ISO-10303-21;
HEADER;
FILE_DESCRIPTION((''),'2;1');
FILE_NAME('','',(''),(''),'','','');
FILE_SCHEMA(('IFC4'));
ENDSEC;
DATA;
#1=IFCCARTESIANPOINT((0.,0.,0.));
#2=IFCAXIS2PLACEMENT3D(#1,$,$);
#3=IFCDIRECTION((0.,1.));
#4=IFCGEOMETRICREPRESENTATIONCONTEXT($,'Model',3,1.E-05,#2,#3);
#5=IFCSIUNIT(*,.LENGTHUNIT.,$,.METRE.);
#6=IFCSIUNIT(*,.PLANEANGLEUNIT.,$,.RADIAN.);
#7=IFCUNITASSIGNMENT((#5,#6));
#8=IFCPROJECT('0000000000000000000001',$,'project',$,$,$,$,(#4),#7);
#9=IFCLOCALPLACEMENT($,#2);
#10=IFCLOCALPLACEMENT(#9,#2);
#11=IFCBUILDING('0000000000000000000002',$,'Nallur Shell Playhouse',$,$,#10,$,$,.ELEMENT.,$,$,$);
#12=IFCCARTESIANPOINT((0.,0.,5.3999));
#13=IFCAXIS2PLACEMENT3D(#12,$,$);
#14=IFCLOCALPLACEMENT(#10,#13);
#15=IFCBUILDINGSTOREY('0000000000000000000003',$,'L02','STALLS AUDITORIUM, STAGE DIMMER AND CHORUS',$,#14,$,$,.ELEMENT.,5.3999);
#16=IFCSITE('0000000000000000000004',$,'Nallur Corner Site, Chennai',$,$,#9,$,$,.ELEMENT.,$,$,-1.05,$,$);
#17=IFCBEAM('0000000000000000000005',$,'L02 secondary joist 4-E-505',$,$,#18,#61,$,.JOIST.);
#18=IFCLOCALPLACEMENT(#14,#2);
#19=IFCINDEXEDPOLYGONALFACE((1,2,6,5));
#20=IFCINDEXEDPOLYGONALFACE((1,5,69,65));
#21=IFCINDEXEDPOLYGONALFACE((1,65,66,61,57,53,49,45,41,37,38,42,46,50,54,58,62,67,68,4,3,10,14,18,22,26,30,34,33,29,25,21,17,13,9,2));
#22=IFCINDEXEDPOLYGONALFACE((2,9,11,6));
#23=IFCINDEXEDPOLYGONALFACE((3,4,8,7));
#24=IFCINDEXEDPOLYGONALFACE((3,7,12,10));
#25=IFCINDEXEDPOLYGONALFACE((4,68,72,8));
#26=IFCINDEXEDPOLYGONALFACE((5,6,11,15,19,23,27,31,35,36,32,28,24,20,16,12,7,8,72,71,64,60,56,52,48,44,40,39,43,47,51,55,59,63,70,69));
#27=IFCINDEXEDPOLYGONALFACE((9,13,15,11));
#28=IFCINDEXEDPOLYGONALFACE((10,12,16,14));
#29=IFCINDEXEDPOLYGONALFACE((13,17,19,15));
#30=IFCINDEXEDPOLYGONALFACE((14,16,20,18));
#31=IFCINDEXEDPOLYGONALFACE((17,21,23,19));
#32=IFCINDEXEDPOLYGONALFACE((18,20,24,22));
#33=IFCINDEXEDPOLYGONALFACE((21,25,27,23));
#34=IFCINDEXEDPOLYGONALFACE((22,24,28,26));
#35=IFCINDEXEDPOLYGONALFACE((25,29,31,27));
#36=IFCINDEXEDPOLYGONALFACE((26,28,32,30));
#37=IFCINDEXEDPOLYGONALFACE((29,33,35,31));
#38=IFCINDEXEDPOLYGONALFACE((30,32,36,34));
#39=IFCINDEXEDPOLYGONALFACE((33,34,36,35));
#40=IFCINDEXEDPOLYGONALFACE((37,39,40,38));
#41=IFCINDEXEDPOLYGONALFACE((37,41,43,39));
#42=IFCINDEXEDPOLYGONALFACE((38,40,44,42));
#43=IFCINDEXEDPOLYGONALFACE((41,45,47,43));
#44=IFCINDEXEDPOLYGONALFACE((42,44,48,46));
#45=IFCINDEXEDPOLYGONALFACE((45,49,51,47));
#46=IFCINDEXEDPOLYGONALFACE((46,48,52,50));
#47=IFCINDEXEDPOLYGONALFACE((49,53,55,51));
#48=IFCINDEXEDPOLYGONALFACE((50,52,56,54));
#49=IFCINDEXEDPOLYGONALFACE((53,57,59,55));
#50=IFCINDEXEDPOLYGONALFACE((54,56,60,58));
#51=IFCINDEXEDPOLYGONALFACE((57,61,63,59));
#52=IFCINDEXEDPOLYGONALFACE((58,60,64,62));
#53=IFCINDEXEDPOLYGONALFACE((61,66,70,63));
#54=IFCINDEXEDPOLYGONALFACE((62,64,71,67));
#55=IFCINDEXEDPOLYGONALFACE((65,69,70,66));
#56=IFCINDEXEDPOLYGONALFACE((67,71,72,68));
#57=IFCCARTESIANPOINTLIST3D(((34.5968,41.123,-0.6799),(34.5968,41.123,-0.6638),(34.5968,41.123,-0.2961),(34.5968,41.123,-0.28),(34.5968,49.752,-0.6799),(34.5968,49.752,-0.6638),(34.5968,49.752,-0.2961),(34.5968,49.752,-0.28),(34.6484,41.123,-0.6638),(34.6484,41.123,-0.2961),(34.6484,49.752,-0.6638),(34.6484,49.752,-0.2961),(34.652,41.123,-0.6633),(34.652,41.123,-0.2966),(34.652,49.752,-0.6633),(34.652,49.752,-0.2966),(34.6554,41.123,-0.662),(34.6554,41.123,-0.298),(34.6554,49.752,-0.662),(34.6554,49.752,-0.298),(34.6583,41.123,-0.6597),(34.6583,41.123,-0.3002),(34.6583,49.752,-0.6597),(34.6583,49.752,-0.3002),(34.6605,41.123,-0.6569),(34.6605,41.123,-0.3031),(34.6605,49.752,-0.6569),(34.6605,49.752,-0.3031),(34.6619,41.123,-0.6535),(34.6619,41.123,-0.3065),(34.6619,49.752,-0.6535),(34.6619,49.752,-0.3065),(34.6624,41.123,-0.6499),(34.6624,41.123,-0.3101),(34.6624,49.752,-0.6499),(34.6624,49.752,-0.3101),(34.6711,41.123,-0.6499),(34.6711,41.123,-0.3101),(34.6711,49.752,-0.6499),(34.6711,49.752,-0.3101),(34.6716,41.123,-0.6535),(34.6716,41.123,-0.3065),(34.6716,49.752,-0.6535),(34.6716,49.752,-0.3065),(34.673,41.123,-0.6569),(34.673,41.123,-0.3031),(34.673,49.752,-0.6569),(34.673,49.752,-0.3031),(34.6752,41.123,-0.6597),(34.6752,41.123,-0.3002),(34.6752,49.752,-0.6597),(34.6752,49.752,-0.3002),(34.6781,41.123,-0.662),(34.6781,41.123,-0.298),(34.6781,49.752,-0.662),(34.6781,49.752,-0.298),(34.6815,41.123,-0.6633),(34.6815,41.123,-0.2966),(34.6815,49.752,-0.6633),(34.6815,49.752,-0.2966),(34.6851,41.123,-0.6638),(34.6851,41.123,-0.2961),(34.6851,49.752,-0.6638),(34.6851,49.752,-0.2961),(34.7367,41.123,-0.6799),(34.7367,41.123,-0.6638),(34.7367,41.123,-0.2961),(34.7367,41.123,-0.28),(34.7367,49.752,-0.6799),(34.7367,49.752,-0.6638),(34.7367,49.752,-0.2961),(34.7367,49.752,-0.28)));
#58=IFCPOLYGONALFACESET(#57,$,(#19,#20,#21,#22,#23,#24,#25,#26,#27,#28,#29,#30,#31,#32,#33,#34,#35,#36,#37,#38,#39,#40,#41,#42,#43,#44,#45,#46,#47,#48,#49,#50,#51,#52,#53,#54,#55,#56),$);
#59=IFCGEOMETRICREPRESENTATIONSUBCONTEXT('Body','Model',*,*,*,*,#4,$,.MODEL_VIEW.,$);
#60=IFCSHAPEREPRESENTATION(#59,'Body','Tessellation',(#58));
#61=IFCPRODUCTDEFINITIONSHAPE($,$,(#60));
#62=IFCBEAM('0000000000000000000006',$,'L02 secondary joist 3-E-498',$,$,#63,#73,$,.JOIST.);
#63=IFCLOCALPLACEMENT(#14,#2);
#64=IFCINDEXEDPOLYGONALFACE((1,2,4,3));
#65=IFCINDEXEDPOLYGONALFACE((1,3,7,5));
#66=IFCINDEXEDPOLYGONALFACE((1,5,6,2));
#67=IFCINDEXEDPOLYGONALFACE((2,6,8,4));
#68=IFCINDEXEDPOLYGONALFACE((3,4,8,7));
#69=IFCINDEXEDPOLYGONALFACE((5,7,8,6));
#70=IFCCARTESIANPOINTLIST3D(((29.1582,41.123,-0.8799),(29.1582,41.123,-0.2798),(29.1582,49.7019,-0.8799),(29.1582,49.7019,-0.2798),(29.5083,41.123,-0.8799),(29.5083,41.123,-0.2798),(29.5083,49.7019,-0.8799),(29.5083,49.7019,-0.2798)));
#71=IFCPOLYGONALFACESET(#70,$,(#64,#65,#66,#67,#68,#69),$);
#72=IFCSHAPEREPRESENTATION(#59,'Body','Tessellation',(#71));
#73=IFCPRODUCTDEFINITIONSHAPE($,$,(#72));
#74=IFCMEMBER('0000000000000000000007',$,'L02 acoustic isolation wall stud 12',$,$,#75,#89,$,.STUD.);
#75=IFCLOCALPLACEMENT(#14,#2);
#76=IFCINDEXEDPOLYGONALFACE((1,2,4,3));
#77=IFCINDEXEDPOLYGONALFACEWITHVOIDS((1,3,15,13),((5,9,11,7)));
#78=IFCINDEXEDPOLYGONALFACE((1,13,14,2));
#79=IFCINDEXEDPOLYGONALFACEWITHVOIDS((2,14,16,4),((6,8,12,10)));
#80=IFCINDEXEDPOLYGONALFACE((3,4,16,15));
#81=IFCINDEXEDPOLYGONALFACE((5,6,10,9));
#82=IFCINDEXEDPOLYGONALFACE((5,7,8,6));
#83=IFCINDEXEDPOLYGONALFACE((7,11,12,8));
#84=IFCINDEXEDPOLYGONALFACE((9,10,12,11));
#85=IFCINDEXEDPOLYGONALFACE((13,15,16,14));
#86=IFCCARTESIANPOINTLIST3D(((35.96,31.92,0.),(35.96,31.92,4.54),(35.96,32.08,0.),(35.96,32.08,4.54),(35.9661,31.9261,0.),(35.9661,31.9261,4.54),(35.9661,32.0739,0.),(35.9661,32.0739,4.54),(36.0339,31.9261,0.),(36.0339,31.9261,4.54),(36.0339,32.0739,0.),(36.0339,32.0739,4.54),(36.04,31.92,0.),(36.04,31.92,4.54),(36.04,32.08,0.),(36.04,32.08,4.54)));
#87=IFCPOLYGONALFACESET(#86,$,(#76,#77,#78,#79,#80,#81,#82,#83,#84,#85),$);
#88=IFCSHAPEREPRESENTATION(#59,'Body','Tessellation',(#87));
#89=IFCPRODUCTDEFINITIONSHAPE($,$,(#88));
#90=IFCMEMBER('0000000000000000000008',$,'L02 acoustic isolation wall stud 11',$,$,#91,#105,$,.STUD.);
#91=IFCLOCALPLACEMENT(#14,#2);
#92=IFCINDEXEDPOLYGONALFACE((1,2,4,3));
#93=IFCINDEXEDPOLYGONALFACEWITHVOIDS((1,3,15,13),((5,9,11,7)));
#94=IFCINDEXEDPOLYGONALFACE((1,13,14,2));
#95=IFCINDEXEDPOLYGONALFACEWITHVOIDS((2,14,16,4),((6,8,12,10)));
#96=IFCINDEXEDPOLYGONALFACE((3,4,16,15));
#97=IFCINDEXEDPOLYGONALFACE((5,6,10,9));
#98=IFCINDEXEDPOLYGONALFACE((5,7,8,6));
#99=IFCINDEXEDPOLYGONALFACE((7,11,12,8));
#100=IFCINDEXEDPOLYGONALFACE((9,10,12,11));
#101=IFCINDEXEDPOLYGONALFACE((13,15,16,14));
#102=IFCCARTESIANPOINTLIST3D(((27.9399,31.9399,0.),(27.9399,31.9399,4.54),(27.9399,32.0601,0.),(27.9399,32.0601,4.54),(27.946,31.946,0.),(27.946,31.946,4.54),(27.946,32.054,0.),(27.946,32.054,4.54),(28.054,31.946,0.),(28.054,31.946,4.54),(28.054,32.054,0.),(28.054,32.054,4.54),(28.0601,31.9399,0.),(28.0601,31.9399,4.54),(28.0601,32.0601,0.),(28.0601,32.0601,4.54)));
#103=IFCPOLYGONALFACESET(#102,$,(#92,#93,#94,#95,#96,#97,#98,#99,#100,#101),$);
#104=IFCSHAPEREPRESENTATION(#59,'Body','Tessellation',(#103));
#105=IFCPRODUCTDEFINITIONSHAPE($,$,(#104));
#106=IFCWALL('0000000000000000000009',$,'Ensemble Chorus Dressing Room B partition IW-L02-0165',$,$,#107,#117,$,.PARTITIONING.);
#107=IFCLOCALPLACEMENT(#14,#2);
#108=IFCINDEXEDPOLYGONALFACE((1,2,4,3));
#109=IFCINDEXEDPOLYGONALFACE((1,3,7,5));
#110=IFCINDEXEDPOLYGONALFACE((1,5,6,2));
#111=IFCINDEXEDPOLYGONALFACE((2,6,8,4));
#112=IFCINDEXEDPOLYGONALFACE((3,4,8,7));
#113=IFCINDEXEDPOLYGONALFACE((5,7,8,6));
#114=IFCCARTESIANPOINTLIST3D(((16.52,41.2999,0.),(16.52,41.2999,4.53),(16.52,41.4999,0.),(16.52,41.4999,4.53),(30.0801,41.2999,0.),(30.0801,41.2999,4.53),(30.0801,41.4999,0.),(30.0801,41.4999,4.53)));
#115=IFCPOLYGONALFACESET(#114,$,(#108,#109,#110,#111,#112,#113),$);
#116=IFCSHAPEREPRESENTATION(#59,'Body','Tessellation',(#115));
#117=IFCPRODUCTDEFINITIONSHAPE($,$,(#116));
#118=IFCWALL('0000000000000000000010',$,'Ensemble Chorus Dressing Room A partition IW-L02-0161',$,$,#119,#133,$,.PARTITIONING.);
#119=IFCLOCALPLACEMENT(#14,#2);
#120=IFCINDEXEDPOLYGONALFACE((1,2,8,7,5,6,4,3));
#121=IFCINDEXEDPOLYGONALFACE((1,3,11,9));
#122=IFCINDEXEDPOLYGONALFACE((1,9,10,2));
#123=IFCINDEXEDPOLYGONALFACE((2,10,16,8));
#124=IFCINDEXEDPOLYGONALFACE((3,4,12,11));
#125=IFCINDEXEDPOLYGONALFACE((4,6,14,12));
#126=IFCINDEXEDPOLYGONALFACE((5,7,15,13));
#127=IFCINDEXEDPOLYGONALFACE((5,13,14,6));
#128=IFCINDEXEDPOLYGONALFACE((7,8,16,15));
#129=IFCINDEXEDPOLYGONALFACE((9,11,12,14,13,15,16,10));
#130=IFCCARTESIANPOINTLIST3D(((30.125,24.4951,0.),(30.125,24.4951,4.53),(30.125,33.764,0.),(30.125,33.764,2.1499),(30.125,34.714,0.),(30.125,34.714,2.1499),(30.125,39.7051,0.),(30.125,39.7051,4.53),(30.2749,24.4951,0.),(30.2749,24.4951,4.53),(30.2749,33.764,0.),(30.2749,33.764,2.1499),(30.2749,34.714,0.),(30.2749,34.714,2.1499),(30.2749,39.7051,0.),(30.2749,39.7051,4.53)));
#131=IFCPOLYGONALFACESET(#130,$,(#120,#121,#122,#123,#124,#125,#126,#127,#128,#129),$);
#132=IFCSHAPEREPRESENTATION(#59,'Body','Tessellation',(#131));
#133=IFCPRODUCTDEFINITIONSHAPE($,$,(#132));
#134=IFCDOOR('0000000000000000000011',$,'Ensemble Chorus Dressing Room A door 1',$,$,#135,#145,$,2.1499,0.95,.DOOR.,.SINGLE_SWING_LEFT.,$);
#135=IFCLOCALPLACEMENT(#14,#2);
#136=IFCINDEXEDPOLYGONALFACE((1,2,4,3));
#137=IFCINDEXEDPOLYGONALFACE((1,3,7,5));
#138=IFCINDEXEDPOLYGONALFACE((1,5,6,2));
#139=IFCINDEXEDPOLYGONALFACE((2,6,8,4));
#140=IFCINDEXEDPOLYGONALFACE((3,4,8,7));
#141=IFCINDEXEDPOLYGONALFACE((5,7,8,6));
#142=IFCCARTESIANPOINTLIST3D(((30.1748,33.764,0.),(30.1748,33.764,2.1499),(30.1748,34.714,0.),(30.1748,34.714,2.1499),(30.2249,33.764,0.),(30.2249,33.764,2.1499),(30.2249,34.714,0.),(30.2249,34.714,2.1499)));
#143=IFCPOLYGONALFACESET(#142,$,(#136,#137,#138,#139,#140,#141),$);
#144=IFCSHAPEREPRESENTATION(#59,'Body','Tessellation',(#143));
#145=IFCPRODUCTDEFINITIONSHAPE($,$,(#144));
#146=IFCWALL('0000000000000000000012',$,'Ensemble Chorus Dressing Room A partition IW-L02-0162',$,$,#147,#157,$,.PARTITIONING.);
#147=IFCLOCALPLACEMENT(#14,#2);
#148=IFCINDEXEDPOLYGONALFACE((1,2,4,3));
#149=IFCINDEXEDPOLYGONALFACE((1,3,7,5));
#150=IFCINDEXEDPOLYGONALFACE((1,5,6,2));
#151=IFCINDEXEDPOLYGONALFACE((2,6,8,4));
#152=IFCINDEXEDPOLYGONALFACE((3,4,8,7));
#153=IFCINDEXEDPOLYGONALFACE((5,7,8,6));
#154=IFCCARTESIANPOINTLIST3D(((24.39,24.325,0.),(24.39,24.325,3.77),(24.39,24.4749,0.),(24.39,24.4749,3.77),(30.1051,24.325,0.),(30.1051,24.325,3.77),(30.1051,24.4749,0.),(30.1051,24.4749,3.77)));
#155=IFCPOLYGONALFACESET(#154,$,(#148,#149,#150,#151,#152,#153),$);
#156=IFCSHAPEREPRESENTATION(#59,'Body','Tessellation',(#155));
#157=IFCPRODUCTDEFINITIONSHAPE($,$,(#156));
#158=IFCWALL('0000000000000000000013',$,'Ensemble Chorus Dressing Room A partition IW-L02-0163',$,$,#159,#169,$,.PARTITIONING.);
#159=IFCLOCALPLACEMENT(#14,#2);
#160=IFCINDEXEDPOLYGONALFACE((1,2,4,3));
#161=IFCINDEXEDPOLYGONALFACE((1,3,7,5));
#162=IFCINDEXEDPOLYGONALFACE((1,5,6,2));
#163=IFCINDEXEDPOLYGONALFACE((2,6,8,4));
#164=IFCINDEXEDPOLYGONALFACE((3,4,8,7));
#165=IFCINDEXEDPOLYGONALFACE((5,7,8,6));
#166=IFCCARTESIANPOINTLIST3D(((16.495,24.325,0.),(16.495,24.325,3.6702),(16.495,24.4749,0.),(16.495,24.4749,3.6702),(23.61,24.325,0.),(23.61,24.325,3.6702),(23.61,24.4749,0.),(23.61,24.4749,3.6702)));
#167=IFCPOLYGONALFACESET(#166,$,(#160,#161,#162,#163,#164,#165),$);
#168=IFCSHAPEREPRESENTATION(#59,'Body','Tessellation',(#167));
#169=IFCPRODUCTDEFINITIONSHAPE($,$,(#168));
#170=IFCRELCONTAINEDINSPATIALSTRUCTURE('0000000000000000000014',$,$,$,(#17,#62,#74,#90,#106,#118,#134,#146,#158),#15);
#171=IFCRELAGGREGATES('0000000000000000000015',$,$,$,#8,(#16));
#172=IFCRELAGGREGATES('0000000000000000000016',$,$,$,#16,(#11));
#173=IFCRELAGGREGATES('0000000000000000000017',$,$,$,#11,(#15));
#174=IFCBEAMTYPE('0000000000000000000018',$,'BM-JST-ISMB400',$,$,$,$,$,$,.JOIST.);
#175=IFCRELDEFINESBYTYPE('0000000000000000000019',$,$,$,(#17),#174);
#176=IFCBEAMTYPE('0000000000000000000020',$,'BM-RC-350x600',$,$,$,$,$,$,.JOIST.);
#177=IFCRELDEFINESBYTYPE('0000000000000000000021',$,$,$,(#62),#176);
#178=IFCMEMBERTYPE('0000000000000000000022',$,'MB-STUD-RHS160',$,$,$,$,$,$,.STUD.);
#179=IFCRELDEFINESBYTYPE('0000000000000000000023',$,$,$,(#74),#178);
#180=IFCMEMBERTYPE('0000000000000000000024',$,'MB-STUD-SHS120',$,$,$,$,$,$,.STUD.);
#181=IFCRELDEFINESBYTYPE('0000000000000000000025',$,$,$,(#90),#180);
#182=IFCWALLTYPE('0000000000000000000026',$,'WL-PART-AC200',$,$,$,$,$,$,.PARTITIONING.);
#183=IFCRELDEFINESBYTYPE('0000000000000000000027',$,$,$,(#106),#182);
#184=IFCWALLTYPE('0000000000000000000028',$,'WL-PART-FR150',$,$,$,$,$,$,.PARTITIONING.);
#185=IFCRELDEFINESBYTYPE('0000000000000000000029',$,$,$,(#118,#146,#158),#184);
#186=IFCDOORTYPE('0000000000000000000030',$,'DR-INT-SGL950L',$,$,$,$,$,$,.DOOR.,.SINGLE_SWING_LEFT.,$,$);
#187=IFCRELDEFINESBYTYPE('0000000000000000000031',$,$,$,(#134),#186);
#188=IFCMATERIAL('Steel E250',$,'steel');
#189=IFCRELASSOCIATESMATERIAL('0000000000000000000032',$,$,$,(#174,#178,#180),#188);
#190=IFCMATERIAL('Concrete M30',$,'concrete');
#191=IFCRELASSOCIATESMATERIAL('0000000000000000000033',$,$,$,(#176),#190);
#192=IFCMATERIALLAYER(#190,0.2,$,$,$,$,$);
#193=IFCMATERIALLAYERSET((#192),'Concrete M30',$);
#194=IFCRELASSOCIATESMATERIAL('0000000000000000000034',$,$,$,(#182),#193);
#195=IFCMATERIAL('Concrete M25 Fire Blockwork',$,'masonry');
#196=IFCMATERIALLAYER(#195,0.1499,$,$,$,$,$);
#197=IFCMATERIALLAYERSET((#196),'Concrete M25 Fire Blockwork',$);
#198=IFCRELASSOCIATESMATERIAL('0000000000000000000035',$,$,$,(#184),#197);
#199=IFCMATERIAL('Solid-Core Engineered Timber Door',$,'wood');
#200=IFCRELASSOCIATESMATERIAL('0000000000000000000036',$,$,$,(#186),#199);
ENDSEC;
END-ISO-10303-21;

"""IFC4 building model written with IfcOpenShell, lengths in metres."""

from ifc_helpers import new_model, si_unit, direction, frame, frame_2d, origin, origin_2d, place, context, subcontext, project, spatial, rectangle, hollow_rectangle, i_section, extrude, material, layer, layer_set, material_profile, profile_set, type_object, element, fill, save


model = new_model("IFC4")

# Units and contexts
model_context = context("Model", 3, precision=1e-05, world=origin(), true_north=direction((0.0, 1.0)))
body_context = subcontext(model_context, "Body", "Model", "MODEL_VIEW")
ifc_project = project(units=[si_unit("LENGTHUNIT", "METRE"), si_unit("PLANEANGLEUNIT", "RADIAN")], contexts=[model_context])

# Site, building, storey
site_placement = place(None, origin())
site = spatial("IfcSite", under=ifc_project, at=site_placement, Name="Nallur Corner Site, Chennai", CompositionType="ELEMENT", RefElevation=-1.05)
building_placement = place(site_placement, origin())
building = spatial("IfcBuilding", under=site, at=building_placement, Name="Nallur Shell Playhouse", CompositionType="ELEMENT")
storey_placement = place(building_placement, frame((0.0, 0.0, 5.3999)))
storey = spatial("IfcBuildingStorey", under=building, at=storey_placement, Name="L02", Description="STALLS AUDITORIUM, STAGE DIMMER AND CHORUS", CompositionType="ELEMENT", Elevation=5.3999)

# Beams
ifc_material_1 = material(Name="Steel E250", Category="steel")
ifc_material_profile_1 = material_profile(ifc_material_1, i_section(OverallWidth=0.1399, OverallDepth=0.3999, WebThickness=0.0088, FlangeThickness=0.0161, FilletRadius=0.0139, at=origin_2d()), Name="ISMB 400")
ifc_profile_set_1 = profile_set([ifc_material_profile_1], Name="Steel E250")
beam_type_1 = type_object("IfcBeamType", Name="BM-JST-ISMB400", PredefinedType="JOIST", material=ifc_profile_set_1)
beam_1_placement = place(storey_placement, frame((34.6667, 41.123, -0.48), z_axis=(0.0, 1.0, 0.0), x_axis=(-1.0, 0.0, 0.0)))
element("IfcBeam", 1, at=beam_1_placement, inside=storey, type_object=beam_type_1, Name="L02 secondary joist 4-E-505", PredefinedType="JOIST", context=body_context, shape_type="SweptSolid", body=[
    extrude(i_section(OverallWidth=0.1399, OverallDepth=0.3999, WebThickness=0.0088, FlangeThickness=0.0161, FilletRadius=0.0139, at=origin_2d()), origin(), (0.0, 0.0, 1.0), 8.6289),
])
ifc_material_2 = material(Name="Concrete M30", Category="concrete")
ifc_material_profile_2 = material_profile(ifc_material_2, rectangle(XDim=0.3501, YDim=0.6001, at=origin_2d()), Name="RC 350x600")
ifc_profile_set_2 = profile_set([ifc_material_profile_2], Name="Concrete M30")
beam_type_2 = type_object("IfcBeamType", Name="BM-RC-350x600", PredefinedType="JOIST", material=ifc_profile_set_2)
beam_2_placement = place(storey_placement, frame((29.3333, 41.123, -0.5798), z_axis=(0.0, 1.0, 0.0), x_axis=(-1.0, 0.0, 0.0)))
element("IfcBeam", 2, at=beam_2_placement, inside=storey, type_object=beam_type_2, Name="L02 secondary joist 3-E-498", PredefinedType="JOIST", context=body_context, shape_type="SweptSolid", body=[
    extrude(rectangle(XDim=0.3501, YDim=0.6001, at=origin_2d()), origin(), (0.0, 0.0, 1.0), 8.5789),
])

# Members
ifc_material_profile_3 = material_profile(ifc_material_1, hollow_rectangle(XDim=0.0801, YDim=0.1599, WallThickness=0.0061, at=origin_2d()), Name="RHS 160x80x6")
ifc_profile_set_3 = profile_set([ifc_material_profile_3], Name="Steel E250")
member_type_1 = type_object("IfcMemberType", Name="MB-STUD-RHS160", PredefinedType="STUD", material=ifc_profile_set_3)
member_1_placement = place(storey_placement, frame((36.0, 32.0, 0.0), z_axis=(0.0, 0.0, 1.0), x_axis=(1.0, 0.0, 0.0)))
element("IfcMember", 3, at=member_1_placement, inside=storey, type_object=member_type_1, Name="L02 acoustic isolation wall stud 12", PredefinedType="STUD", context=body_context, shape_type="SweptSolid", body=[
    extrude(hollow_rectangle(XDim=0.0801, YDim=0.1599, WallThickness=0.0061, at=origin_2d()), origin(), (0.0, 0.0, 1.0), 4.54),
])
ifc_material_profile_4 = material_profile(ifc_material_1, hollow_rectangle(XDim=0.1201, YDim=0.1201, WallThickness=0.0061, at=origin_2d()), Name="SHS 120x120x6")
ifc_profile_set_4 = profile_set([ifc_material_profile_4], Name="Steel E250")
member_type_2 = type_object("IfcMemberType", Name="MB-STUD-SHS120", PredefinedType="STUD", material=ifc_profile_set_4)
member_2_placement = place(storey_placement, frame((28.0, 32.0, 0.0), z_axis=(0.0, 0.0, 1.0), x_axis=(1.0, 0.0, 0.0)))
element("IfcMember", 4, at=member_2_placement, inside=storey, type_object=member_type_2, Name="L02 acoustic isolation wall stud 11", PredefinedType="STUD", context=body_context, shape_type="SweptSolid", body=[
    extrude(hollow_rectangle(XDim=0.1201, YDim=0.1201, WallThickness=0.0061, at=origin_2d()), origin(), (0.0, 0.0, 1.0), 4.54),
])

# Wall
ifc_layer_1 = layer(ifc_material_2, 0.2)
ifc_layer_set_1 = layer_set([ifc_layer_1], Name="Concrete M30")
wall_type_1 = type_object("IfcWallType", Name="WL-PART-AC200", PredefinedType="PARTITIONING", material=ifc_layer_set_1)
wall_1_placement = place(storey_placement, frame((30.0801, 41.3999, 0.0), z_axis=(0.0, 0.0, 1.0), x_axis=(-1.0, 0.0, 0.0)))
element("IfcWall", 5, at=wall_1_placement, inside=storey, type_object=wall_type_1, Name="Ensemble Chorus Dressing Room B partition IW-L02-0165", PredefinedType="PARTITIONING", context=body_context, shape_type="SweptSolid", body=[
    extrude(rectangle(XDim=13.5601, YDim=0.2, at=frame_2d((6.78, 0.0))), origin(), (0.0, 0.0, 1.0), 4.53),
])

# Wall, opening, door
ifc_material_3 = material(Name="Concrete M25 Fire Blockwork", Category="masonry")
ifc_layer_2 = layer(ifc_material_3, 0.1499)
ifc_layer_set_2 = layer_set([ifc_layer_2], Name="Concrete M25 Fire Blockwork")
wall_type_2 = type_object("IfcWallType", Name="WL-PART-FR150", PredefinedType="PARTITIONING", material=ifc_layer_set_2)
wall_2_placement = place(storey_placement, frame((30.2, 39.7051, 0.0), z_axis=(0.0, 0.0, 1.0), x_axis=(0.0, -1.0, 0.0)))
wall_2 = element("IfcWall", 6, at=wall_2_placement, inside=storey, type_object=wall_type_2, Name="Ensemble Chorus Dressing Room A partition IW-L02-0161", PredefinedType="PARTITIONING", context=body_context, shape_type="SweptSolid", body=[
    extrude(rectangle(XDim=15.21, YDim=0.1499, at=frame_2d((7.605, 0.0))), origin(), (0.0, 0.0, 1.0), 4.53),
])
opening_placement = place(wall_2_placement, frame((4.991, 0.0, 0.0)))
opening = element("IfcOpeningElement", 7, at=opening_placement, cuts=wall_2, PredefinedType="OPENING", context=body_context, shape_type="SweptSolid", body=[
    extrude(rectangle(XDim=0.95, YDim=2.1499, at=frame_2d((0.4751, 1.075))), frame((0.0, 0.085, 0.0), z_axis=(0.0, -1.0, 0.0), x_axis=(1.0, 0.0, 0.0)), (0.0, 0.0, 1.0), 0.1699),
])
ifc_material_4 = material(Name="Solid-Core Engineered Timber Door", Category="wood")
door_type = type_object("IfcDoorType", Name="DR-INT-SGL950L", OperationType="SINGLE_SWING_LEFT", PredefinedType="DOOR", material=ifc_material_4)
door_placement = place(opening_placement, origin())
door = element("IfcDoor", 8, at=door_placement, inside=storey, type_object=door_type, Name="Ensemble Chorus Dressing Room A door 1", OperationType="SINGLE_SWING_LEFT", OverallHeight=2.1499, OverallWidth=0.95, PredefinedType="DOOR", context=body_context, shape_type="SweptSolid", body=[
    extrude(rectangle(XDim=0.95, YDim=2.1499, at=frame_2d((0.4751, 1.075))), frame((0.0, 0.0249, 0.0), z_axis=(0.0, -1.0, 0.0), x_axis=(1.0, 0.0, 0.0)), (0.0, 0.0, 1.0), 0.05),
])
fill(opening, door)

# Walls
wall_3_placement = place(storey_placement, frame((30.105, 24.3999, 0.0), z_axis=(0.0, 0.0, 1.0), x_axis=(-1.0, 0.0, 0.0)))
element("IfcWall", 9, at=wall_3_placement, inside=storey, type_object=wall_type_2, Name="Ensemble Chorus Dressing Room A partition IW-L02-0162", PredefinedType="PARTITIONING", context=body_context, shape_type="SweptSolid", body=[
    extrude(rectangle(XDim=5.7151, YDim=0.1499, at=frame_2d((2.8574, 0.0))), origin(), (0.0, 0.0, 1.0), 3.77),
])
wall_4_placement = place(storey_placement, frame((23.6101, 24.3999, 0.0), z_axis=(0.0, 0.0, 1.0), x_axis=(-1.0, 0.0, 0.0)))
element("IfcWall", 10, at=wall_4_placement, inside=storey, type_object=wall_type_2, Name="Ensemble Chorus Dressing Room A partition IW-L02-0163", PredefinedType="PARTITIONING", context=body_context, shape_type="SweptSolid", body=[
    extrude(rectangle(XDim=7.115, YDim=0.1499, at=frame_2d((3.5576, 0.0))), origin(), (0.0, 0.0, 1.0), 3.6702),
])

save(model, "model.ifc")
